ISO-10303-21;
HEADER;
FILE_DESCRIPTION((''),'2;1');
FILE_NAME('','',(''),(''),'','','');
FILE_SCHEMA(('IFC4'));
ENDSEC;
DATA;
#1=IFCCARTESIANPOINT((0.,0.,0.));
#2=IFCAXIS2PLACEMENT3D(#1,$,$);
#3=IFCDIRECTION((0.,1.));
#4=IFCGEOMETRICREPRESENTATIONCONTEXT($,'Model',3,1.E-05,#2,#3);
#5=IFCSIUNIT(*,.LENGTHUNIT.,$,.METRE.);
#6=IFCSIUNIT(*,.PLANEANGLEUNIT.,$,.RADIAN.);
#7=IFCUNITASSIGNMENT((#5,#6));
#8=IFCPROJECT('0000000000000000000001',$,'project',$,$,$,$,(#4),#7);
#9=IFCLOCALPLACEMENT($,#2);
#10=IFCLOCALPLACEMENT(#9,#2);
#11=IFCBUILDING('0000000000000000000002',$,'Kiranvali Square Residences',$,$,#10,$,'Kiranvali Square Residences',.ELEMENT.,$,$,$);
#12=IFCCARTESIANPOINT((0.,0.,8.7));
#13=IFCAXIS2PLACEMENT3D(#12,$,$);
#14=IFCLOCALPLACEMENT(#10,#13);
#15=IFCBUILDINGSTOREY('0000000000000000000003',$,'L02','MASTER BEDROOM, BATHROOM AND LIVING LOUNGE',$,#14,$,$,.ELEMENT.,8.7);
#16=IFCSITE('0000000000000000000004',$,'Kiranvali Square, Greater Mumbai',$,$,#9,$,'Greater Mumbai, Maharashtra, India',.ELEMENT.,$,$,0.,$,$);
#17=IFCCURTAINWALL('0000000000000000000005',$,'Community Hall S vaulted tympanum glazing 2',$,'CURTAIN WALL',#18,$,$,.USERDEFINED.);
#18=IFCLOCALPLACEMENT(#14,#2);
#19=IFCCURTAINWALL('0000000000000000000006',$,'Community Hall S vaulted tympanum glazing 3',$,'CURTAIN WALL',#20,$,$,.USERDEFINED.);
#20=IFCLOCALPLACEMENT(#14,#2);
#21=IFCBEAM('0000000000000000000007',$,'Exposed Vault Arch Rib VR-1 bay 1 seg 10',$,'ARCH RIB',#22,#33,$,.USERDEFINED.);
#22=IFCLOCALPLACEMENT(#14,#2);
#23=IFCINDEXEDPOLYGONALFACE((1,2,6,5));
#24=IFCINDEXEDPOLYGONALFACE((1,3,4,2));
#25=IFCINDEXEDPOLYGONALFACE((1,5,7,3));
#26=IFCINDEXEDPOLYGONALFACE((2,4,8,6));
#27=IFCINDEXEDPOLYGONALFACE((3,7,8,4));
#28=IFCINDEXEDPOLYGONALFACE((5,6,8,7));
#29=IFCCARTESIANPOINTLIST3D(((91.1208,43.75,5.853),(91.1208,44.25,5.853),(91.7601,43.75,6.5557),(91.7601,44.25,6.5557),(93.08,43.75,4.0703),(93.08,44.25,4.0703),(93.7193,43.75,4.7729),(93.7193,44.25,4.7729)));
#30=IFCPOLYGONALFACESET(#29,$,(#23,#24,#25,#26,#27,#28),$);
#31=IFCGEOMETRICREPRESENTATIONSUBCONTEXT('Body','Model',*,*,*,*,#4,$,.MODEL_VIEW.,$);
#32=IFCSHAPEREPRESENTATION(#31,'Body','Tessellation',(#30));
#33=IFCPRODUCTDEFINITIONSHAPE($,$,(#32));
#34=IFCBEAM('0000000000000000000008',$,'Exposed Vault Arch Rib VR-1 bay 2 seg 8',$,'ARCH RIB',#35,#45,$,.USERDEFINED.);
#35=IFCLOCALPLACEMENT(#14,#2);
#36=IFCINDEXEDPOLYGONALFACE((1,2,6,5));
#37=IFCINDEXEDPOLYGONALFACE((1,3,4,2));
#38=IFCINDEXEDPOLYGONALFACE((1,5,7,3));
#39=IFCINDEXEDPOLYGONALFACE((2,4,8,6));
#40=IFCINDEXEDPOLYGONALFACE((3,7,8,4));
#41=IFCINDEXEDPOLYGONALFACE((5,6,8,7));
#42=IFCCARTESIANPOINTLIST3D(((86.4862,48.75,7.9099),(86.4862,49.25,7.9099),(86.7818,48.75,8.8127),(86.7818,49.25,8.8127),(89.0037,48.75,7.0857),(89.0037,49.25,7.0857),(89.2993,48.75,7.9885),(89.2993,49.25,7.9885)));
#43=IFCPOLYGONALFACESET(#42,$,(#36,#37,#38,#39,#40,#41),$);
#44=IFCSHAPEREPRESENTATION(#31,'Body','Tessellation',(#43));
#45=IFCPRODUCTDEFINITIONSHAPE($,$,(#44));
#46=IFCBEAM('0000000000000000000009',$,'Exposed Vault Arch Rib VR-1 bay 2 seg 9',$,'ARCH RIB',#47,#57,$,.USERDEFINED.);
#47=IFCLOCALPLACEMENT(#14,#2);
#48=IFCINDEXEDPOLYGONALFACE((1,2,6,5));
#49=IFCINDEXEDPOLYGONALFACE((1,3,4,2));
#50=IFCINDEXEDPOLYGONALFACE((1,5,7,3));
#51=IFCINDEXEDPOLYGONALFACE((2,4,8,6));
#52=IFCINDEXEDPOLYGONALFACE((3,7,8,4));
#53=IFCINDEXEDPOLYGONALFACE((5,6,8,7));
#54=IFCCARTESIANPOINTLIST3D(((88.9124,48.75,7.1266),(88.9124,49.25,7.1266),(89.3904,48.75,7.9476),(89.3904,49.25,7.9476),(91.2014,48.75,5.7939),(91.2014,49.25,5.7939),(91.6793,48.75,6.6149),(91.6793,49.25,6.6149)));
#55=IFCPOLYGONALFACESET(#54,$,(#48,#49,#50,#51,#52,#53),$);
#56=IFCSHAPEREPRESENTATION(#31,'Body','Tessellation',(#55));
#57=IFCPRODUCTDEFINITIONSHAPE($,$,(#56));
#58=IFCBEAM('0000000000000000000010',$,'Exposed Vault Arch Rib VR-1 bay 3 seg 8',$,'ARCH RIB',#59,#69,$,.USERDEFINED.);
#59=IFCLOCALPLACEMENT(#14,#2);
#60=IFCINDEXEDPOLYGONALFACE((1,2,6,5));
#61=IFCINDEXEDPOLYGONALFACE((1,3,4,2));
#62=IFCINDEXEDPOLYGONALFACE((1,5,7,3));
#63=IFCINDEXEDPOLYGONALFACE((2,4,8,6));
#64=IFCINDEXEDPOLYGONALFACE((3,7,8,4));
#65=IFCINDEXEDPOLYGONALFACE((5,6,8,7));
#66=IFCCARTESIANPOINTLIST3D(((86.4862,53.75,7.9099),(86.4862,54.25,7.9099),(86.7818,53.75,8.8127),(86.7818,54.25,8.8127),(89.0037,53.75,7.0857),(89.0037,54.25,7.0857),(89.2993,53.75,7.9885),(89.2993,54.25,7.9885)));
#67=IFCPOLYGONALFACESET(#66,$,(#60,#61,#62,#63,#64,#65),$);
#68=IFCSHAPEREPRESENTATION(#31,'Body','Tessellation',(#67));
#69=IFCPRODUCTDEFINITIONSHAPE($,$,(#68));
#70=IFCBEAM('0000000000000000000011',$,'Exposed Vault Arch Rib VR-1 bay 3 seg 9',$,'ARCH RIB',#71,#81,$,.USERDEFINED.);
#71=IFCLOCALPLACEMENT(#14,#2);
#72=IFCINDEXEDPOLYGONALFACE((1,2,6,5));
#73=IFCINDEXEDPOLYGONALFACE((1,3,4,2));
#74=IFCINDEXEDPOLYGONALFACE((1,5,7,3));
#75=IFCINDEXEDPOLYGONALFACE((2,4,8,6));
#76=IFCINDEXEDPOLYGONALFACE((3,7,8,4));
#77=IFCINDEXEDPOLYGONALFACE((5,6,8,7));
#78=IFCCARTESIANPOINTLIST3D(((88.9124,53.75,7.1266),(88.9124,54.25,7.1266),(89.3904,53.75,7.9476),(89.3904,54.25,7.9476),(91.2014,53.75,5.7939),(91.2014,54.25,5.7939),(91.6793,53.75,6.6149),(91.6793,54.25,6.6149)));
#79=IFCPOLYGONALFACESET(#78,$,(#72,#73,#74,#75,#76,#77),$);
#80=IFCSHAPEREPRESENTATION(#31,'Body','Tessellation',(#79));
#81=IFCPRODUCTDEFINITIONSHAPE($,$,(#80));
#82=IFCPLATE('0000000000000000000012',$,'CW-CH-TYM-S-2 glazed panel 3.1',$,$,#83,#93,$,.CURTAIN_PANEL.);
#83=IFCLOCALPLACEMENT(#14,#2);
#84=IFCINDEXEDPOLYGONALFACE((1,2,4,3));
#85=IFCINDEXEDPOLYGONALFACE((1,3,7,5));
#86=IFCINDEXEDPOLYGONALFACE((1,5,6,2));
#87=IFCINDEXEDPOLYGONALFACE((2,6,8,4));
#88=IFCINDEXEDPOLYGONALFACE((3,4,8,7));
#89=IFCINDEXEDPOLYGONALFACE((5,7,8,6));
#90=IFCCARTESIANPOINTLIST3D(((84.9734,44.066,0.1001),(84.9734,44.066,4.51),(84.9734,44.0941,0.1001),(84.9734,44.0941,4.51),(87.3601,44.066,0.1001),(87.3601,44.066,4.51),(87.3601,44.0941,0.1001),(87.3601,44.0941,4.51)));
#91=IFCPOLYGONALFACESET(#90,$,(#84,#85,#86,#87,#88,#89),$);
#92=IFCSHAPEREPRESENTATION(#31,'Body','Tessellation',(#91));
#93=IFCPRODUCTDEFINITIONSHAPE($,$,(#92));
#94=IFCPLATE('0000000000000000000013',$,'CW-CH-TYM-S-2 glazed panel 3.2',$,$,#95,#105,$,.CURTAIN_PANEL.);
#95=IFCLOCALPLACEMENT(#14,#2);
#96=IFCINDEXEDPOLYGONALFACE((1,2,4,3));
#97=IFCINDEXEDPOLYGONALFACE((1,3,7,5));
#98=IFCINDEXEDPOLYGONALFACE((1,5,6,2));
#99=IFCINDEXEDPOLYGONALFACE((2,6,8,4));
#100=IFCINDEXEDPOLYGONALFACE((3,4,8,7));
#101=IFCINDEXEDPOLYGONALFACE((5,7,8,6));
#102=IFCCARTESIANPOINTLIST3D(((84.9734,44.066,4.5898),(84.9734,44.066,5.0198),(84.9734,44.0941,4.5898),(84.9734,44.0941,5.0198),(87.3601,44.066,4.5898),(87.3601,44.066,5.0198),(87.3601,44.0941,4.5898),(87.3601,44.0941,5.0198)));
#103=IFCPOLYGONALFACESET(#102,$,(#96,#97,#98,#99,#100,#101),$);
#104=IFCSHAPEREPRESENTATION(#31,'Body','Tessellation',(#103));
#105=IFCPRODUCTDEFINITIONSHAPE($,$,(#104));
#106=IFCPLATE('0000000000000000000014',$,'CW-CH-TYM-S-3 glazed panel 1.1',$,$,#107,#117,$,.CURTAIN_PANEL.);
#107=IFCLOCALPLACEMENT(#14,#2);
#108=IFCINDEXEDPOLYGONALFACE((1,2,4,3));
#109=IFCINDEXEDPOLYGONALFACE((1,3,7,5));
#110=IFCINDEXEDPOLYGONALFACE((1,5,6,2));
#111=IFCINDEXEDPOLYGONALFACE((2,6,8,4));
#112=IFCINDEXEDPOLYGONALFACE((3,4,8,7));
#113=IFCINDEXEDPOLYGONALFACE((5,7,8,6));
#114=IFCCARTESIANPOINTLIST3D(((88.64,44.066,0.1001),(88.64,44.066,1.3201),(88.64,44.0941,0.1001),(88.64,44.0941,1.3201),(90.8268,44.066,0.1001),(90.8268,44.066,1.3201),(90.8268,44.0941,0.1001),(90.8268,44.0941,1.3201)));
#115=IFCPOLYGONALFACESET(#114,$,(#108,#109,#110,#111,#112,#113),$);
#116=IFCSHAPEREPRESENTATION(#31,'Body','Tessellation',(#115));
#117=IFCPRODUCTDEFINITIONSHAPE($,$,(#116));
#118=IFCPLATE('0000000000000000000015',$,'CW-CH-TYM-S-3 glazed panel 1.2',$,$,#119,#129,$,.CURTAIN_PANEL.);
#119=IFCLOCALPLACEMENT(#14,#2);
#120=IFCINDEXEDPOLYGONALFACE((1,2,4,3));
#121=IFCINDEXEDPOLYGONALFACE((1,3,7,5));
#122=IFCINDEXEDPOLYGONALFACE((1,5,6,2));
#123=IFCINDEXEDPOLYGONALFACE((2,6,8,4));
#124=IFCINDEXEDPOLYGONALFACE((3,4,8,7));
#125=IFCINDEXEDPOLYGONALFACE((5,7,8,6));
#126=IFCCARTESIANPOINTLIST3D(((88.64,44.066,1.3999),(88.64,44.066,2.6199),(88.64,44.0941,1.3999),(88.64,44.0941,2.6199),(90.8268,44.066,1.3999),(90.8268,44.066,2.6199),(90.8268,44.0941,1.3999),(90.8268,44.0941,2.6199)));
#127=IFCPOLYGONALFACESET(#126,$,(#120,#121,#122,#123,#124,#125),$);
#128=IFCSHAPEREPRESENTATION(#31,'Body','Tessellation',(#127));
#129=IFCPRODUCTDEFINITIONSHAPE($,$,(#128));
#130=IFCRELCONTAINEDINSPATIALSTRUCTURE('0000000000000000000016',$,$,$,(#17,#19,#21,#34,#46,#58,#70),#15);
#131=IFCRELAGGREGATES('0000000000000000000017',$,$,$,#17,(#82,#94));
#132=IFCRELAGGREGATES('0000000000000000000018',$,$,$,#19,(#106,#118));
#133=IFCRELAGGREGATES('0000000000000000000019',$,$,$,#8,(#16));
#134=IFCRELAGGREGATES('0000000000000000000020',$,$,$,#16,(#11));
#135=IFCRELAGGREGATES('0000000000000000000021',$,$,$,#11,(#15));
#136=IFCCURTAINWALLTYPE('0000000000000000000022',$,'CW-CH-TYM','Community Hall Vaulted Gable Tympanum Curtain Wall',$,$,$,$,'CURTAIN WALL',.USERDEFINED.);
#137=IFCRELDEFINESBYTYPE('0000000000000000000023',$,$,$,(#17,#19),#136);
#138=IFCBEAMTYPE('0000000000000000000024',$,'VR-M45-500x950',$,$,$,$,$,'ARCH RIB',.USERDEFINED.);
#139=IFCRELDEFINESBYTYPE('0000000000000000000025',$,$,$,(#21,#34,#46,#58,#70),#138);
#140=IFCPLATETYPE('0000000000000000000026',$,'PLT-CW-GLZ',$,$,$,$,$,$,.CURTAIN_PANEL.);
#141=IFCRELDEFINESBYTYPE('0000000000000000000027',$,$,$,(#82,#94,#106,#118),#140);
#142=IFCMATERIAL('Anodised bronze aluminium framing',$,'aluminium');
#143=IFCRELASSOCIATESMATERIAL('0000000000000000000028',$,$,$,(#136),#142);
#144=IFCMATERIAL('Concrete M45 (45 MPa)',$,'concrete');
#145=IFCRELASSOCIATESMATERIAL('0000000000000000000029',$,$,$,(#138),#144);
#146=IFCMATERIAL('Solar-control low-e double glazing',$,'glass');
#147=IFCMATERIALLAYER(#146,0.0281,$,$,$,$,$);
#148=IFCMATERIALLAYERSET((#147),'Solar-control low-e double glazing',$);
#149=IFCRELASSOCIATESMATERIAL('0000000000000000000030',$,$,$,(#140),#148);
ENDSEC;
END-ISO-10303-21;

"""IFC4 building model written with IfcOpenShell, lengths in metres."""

from ifc_helpers import new_model, si_unit, direction, frame, origin, origin_2d, place, context, subcontext, project, spatial, rectangle, extrude, material, layer, layer_set, material_profile, profile_set, type_object, element, aggregate, save


model = new_model("IFC4")

# Units and contexts
model_context = context("Model", 3, precision=1e-05, world=origin(), true_north=direction((0.0, 1.0)))
body_context = subcontext(model_context, "Body", "Model", "MODEL_VIEW")
ifc_project = project(units=[si_unit("LENGTHUNIT", "METRE"), si_unit("PLANEANGLEUNIT", "RADIAN")], contexts=[model_context])

# Site, building, storey
site_placement = place(None, origin())
site = spatial("IfcSite", under=ifc_project, at=site_placement, Name="Kiranvali Square, Greater Mumbai", LongName="Greater Mumbai, Maharashtra, India", CompositionType="ELEMENT", RefElevation=0.0)
building_placement = place(site_placement, origin())
building = spatial("IfcBuilding", under=site, at=building_placement, Name="Kiranvali Square Residences", LongName="Kiranvali Square Residences", CompositionType="ELEMENT")
storey_placement = place(building_placement, frame((0.0, 0.0, 8.7)))
storey = spatial("IfcBuildingStorey", under=building, at=storey_placement, Name="L02", Description="MASTER BEDROOM, BATHROOM AND LIVING LOUNGE", CompositionType="ELEMENT", Elevation=8.7)

# Curtain walls
ifc_material_1 = material(Name="Anodised bronze aluminium framing", Category="aluminium")
curtain_wall_type = type_object("IfcCurtainWallType", Name="CW-CH-TYM", Description="Community Hall Vaulted Gable Tympanum Curtain Wall", ElementType="CURTAIN WALL", PredefinedType="USERDEFINED", material=ifc_material_1)
curtain_wall_1_placement = place(storey_placement, origin())
curtain_wall_1 = element("IfcCurtainWall", 1, at=curtain_wall_1_placement, inside=storey, type_object=curtain_wall_type, Name="Community Hall S vaulted tympanum glazing 2", ObjectType="CURTAIN WALL", PredefinedType="USERDEFINED")
curtain_wall_2_placement = place(storey_placement, origin())
curtain_wall_2 = element("IfcCurtainWall", 2, at=curtain_wall_2_placement, inside=storey, type_object=curtain_wall_type, Name="Community Hall S vaulted tympanum glazing 3", ObjectType="CURTAIN WALL", PredefinedType="USERDEFINED")

# Beams
ifc_material_2 = material(Name="Concrete M45 (45 MPa)", Category="concrete")
ifc_material_profile_1 = material_profile(ifc_material_2, rectangle(XDim=0.5, YDim=0.95, at=origin_2d()), Name="RC 500x950")
ifc_profile_set_1 = profile_set([ifc_material_profile_1], Name="Concrete M45 (45 MPa)")
beam_type = type_object("IfcBeamType", Name="VR-M45-500x950", ElementType="ARCH RIB", PredefinedType="USERDEFINED", material=ifc_profile_set_1)
for number, where, z_axis, x_axis, name in (
    (3, (91.4404, 44.0, 6.2043), (0.73964, 0.0, -0.673003), (0.0, 1.0, 0.0), "Exposed Vault Arch Rib VR-1 bay 1 seg 10"),
    (4, (86.634, 49.0, 8.3613), (0.950356, 0.0, -0.311163), (0.0, 1.0, 0.0), "Exposed Vault Arch Rib VR-1 bay 2 seg 8"),
):
    element("IfcBeam", number, at=place(storey_placement, frame(where, z_axis=z_axis, x_axis=x_axis)), inside=storey, type_object=beam_type, Name=name, ObjectType="ARCH RIB", PredefinedType="USERDEFINED", context=body_context, shape_type="SweptSolid", body=[
        extrude(rectangle(XDim=0.5, YDim=0.95, at=origin_2d()), origin(), (0.0, 0.0, 1.0), 2.6489),
    ])
beam_1_placement = place(storey_placement, frame((89.1514, 49.0, 7.5371), z_axis=(0.864193, 0.0, -0.50316), x_axis=(0.0, 1.0, 0.0)))
element("IfcBeam", 5, at=beam_1_placement, inside=storey, type_object=beam_type, Name="Exposed Vault Arch Rib VR-1 bay 2 seg 9", ObjectType="ARCH RIB", PredefinedType="USERDEFINED", context=body_context, shape_type="SweptSolid", body=[
    extrude(rectangle(XDim=0.5, YDim=0.95, at=origin_2d()), origin(), (0.0, 0.0, 1.0), 2.6487),
])
beam_2_placement = place(storey_placement, frame((86.634, 54.0, 8.3613), z_axis=(0.950356, 0.0, -0.311163), x_axis=(0.0, 1.0, 0.0)))
element("IfcBeam", 6, at=beam_2_placement, inside=storey, type_object=beam_type, Name="Exposed Vault Arch Rib VR-1 bay 3 seg 8", ObjectType="ARCH RIB", PredefinedType="USERDEFINED", context=body_context, shape_type="SweptSolid", body=[
    extrude(rectangle(XDim=0.5, YDim=0.95, at=origin_2d()), origin(), (0.0, 0.0, 1.0), 2.6489),
])
beam_3_placement = place(storey_placement, frame((89.1514, 54.0, 7.5371), z_axis=(0.864193, 0.0, -0.50316), x_axis=(0.0, 1.0, 0.0)))
element("IfcBeam", 7, at=beam_3_placement, inside=storey, type_object=beam_type, Name="Exposed Vault Arch Rib VR-1 bay 3 seg 9", ObjectType="ARCH RIB", PredefinedType="USERDEFINED", context=body_context, shape_type="SweptSolid", body=[
    extrude(rectangle(XDim=0.5, YDim=0.95, at=origin_2d()), origin(), (0.0, 0.0, 1.0), 2.6487),
])

# Plates
ifc_material_3 = material(Name="Solar-control low-e double glazing", Category="glass")
ifc_layer = layer(ifc_material_3, 0.0281)
ifc_layer_set = layer_set([ifc_layer], Name="Solar-control low-e double glazing")
plate_type = type_object("IfcPlateType", Name="PLT-CW-GLZ", PredefinedType="CURTAIN_PANEL", material=ifc_layer_set)
plate_1_placement = place(storey_placement, frame((86.1667, 44.0801, 0.1001), z_axis=(0.0, 0.0, 1.0), x_axis=(1.0, 0.0, 0.0)))
plate_1 = element("IfcPlate", 8, at=plate_1_placement, type_object=plate_type, Name="CW-CH-TYM-S-2 glazed panel 3.1", PredefinedType="CURTAIN_PANEL", context=body_context, shape_type="SweptSolid", body=[
    extrude(rectangle(XDim=2.3867, YDim=0.0281, at=origin_2d()), origin(), (0.0, 0.0, 1.0), 4.4099),
])
plate_2_placement = place(storey_placement, frame((86.1667, 44.0801, 4.5898), z_axis=(0.0, 0.0, 1.0), x_axis=(1.0, 0.0, 0.0)))
plate_2 = element("IfcPlate", 9, at=plate_2_placement, type_object=plate_type, Name="CW-CH-TYM-S-2 glazed panel 3.2", PredefinedType="CURTAIN_PANEL", context=body_context, shape_type="SweptSolid", body=[
    extrude(rectangle(XDim=2.3867, YDim=0.0281, at=origin_2d()), origin(), (0.0, 0.0, 1.0), 0.4299),
])
aggregate(curtain_wall_1, [plate_1, plate_2])
plate_3_placement = place(storey_placement, frame((89.7334, 44.0801, 0.1001), z_axis=(0.0, 0.0, 1.0), x_axis=(1.0, 0.0, 0.0)))
plate_3 = element("IfcPlate", 10, at=plate_3_placement, type_object=plate_type, Name="CW-CH-TYM-S-3 glazed panel 1.1", PredefinedType="CURTAIN_PANEL", context=body_context, shape_type="SweptSolid", body=[
    extrude(rectangle(XDim=2.1868, YDim=0.0281, at=origin_2d()), origin(), (0.0, 0.0, 1.0), 1.22),
])
plate_4_placement = place(storey_placement, frame((89.7334, 44.0801, 1.3999), z_axis=(0.0, 0.0, 1.0), x_axis=(1.0, 0.0, 0.0)))
plate_4 = element("IfcPlate", 11, at=plate_4_placement, type_object=plate_type, Name="CW-CH-TYM-S-3 glazed panel 1.2", PredefinedType="CURTAIN_PANEL", context=body_context, shape_type="SweptSolid", body=[
    extrude(rectangle(XDim=2.1868, YDim=0.0281, at=origin_2d()), origin(), (0.0, 0.0, 1.0), 1.22),
])
aggregate(curtain_wall_2, [plate_3, plate_4])

save(model, "model.ifc")
